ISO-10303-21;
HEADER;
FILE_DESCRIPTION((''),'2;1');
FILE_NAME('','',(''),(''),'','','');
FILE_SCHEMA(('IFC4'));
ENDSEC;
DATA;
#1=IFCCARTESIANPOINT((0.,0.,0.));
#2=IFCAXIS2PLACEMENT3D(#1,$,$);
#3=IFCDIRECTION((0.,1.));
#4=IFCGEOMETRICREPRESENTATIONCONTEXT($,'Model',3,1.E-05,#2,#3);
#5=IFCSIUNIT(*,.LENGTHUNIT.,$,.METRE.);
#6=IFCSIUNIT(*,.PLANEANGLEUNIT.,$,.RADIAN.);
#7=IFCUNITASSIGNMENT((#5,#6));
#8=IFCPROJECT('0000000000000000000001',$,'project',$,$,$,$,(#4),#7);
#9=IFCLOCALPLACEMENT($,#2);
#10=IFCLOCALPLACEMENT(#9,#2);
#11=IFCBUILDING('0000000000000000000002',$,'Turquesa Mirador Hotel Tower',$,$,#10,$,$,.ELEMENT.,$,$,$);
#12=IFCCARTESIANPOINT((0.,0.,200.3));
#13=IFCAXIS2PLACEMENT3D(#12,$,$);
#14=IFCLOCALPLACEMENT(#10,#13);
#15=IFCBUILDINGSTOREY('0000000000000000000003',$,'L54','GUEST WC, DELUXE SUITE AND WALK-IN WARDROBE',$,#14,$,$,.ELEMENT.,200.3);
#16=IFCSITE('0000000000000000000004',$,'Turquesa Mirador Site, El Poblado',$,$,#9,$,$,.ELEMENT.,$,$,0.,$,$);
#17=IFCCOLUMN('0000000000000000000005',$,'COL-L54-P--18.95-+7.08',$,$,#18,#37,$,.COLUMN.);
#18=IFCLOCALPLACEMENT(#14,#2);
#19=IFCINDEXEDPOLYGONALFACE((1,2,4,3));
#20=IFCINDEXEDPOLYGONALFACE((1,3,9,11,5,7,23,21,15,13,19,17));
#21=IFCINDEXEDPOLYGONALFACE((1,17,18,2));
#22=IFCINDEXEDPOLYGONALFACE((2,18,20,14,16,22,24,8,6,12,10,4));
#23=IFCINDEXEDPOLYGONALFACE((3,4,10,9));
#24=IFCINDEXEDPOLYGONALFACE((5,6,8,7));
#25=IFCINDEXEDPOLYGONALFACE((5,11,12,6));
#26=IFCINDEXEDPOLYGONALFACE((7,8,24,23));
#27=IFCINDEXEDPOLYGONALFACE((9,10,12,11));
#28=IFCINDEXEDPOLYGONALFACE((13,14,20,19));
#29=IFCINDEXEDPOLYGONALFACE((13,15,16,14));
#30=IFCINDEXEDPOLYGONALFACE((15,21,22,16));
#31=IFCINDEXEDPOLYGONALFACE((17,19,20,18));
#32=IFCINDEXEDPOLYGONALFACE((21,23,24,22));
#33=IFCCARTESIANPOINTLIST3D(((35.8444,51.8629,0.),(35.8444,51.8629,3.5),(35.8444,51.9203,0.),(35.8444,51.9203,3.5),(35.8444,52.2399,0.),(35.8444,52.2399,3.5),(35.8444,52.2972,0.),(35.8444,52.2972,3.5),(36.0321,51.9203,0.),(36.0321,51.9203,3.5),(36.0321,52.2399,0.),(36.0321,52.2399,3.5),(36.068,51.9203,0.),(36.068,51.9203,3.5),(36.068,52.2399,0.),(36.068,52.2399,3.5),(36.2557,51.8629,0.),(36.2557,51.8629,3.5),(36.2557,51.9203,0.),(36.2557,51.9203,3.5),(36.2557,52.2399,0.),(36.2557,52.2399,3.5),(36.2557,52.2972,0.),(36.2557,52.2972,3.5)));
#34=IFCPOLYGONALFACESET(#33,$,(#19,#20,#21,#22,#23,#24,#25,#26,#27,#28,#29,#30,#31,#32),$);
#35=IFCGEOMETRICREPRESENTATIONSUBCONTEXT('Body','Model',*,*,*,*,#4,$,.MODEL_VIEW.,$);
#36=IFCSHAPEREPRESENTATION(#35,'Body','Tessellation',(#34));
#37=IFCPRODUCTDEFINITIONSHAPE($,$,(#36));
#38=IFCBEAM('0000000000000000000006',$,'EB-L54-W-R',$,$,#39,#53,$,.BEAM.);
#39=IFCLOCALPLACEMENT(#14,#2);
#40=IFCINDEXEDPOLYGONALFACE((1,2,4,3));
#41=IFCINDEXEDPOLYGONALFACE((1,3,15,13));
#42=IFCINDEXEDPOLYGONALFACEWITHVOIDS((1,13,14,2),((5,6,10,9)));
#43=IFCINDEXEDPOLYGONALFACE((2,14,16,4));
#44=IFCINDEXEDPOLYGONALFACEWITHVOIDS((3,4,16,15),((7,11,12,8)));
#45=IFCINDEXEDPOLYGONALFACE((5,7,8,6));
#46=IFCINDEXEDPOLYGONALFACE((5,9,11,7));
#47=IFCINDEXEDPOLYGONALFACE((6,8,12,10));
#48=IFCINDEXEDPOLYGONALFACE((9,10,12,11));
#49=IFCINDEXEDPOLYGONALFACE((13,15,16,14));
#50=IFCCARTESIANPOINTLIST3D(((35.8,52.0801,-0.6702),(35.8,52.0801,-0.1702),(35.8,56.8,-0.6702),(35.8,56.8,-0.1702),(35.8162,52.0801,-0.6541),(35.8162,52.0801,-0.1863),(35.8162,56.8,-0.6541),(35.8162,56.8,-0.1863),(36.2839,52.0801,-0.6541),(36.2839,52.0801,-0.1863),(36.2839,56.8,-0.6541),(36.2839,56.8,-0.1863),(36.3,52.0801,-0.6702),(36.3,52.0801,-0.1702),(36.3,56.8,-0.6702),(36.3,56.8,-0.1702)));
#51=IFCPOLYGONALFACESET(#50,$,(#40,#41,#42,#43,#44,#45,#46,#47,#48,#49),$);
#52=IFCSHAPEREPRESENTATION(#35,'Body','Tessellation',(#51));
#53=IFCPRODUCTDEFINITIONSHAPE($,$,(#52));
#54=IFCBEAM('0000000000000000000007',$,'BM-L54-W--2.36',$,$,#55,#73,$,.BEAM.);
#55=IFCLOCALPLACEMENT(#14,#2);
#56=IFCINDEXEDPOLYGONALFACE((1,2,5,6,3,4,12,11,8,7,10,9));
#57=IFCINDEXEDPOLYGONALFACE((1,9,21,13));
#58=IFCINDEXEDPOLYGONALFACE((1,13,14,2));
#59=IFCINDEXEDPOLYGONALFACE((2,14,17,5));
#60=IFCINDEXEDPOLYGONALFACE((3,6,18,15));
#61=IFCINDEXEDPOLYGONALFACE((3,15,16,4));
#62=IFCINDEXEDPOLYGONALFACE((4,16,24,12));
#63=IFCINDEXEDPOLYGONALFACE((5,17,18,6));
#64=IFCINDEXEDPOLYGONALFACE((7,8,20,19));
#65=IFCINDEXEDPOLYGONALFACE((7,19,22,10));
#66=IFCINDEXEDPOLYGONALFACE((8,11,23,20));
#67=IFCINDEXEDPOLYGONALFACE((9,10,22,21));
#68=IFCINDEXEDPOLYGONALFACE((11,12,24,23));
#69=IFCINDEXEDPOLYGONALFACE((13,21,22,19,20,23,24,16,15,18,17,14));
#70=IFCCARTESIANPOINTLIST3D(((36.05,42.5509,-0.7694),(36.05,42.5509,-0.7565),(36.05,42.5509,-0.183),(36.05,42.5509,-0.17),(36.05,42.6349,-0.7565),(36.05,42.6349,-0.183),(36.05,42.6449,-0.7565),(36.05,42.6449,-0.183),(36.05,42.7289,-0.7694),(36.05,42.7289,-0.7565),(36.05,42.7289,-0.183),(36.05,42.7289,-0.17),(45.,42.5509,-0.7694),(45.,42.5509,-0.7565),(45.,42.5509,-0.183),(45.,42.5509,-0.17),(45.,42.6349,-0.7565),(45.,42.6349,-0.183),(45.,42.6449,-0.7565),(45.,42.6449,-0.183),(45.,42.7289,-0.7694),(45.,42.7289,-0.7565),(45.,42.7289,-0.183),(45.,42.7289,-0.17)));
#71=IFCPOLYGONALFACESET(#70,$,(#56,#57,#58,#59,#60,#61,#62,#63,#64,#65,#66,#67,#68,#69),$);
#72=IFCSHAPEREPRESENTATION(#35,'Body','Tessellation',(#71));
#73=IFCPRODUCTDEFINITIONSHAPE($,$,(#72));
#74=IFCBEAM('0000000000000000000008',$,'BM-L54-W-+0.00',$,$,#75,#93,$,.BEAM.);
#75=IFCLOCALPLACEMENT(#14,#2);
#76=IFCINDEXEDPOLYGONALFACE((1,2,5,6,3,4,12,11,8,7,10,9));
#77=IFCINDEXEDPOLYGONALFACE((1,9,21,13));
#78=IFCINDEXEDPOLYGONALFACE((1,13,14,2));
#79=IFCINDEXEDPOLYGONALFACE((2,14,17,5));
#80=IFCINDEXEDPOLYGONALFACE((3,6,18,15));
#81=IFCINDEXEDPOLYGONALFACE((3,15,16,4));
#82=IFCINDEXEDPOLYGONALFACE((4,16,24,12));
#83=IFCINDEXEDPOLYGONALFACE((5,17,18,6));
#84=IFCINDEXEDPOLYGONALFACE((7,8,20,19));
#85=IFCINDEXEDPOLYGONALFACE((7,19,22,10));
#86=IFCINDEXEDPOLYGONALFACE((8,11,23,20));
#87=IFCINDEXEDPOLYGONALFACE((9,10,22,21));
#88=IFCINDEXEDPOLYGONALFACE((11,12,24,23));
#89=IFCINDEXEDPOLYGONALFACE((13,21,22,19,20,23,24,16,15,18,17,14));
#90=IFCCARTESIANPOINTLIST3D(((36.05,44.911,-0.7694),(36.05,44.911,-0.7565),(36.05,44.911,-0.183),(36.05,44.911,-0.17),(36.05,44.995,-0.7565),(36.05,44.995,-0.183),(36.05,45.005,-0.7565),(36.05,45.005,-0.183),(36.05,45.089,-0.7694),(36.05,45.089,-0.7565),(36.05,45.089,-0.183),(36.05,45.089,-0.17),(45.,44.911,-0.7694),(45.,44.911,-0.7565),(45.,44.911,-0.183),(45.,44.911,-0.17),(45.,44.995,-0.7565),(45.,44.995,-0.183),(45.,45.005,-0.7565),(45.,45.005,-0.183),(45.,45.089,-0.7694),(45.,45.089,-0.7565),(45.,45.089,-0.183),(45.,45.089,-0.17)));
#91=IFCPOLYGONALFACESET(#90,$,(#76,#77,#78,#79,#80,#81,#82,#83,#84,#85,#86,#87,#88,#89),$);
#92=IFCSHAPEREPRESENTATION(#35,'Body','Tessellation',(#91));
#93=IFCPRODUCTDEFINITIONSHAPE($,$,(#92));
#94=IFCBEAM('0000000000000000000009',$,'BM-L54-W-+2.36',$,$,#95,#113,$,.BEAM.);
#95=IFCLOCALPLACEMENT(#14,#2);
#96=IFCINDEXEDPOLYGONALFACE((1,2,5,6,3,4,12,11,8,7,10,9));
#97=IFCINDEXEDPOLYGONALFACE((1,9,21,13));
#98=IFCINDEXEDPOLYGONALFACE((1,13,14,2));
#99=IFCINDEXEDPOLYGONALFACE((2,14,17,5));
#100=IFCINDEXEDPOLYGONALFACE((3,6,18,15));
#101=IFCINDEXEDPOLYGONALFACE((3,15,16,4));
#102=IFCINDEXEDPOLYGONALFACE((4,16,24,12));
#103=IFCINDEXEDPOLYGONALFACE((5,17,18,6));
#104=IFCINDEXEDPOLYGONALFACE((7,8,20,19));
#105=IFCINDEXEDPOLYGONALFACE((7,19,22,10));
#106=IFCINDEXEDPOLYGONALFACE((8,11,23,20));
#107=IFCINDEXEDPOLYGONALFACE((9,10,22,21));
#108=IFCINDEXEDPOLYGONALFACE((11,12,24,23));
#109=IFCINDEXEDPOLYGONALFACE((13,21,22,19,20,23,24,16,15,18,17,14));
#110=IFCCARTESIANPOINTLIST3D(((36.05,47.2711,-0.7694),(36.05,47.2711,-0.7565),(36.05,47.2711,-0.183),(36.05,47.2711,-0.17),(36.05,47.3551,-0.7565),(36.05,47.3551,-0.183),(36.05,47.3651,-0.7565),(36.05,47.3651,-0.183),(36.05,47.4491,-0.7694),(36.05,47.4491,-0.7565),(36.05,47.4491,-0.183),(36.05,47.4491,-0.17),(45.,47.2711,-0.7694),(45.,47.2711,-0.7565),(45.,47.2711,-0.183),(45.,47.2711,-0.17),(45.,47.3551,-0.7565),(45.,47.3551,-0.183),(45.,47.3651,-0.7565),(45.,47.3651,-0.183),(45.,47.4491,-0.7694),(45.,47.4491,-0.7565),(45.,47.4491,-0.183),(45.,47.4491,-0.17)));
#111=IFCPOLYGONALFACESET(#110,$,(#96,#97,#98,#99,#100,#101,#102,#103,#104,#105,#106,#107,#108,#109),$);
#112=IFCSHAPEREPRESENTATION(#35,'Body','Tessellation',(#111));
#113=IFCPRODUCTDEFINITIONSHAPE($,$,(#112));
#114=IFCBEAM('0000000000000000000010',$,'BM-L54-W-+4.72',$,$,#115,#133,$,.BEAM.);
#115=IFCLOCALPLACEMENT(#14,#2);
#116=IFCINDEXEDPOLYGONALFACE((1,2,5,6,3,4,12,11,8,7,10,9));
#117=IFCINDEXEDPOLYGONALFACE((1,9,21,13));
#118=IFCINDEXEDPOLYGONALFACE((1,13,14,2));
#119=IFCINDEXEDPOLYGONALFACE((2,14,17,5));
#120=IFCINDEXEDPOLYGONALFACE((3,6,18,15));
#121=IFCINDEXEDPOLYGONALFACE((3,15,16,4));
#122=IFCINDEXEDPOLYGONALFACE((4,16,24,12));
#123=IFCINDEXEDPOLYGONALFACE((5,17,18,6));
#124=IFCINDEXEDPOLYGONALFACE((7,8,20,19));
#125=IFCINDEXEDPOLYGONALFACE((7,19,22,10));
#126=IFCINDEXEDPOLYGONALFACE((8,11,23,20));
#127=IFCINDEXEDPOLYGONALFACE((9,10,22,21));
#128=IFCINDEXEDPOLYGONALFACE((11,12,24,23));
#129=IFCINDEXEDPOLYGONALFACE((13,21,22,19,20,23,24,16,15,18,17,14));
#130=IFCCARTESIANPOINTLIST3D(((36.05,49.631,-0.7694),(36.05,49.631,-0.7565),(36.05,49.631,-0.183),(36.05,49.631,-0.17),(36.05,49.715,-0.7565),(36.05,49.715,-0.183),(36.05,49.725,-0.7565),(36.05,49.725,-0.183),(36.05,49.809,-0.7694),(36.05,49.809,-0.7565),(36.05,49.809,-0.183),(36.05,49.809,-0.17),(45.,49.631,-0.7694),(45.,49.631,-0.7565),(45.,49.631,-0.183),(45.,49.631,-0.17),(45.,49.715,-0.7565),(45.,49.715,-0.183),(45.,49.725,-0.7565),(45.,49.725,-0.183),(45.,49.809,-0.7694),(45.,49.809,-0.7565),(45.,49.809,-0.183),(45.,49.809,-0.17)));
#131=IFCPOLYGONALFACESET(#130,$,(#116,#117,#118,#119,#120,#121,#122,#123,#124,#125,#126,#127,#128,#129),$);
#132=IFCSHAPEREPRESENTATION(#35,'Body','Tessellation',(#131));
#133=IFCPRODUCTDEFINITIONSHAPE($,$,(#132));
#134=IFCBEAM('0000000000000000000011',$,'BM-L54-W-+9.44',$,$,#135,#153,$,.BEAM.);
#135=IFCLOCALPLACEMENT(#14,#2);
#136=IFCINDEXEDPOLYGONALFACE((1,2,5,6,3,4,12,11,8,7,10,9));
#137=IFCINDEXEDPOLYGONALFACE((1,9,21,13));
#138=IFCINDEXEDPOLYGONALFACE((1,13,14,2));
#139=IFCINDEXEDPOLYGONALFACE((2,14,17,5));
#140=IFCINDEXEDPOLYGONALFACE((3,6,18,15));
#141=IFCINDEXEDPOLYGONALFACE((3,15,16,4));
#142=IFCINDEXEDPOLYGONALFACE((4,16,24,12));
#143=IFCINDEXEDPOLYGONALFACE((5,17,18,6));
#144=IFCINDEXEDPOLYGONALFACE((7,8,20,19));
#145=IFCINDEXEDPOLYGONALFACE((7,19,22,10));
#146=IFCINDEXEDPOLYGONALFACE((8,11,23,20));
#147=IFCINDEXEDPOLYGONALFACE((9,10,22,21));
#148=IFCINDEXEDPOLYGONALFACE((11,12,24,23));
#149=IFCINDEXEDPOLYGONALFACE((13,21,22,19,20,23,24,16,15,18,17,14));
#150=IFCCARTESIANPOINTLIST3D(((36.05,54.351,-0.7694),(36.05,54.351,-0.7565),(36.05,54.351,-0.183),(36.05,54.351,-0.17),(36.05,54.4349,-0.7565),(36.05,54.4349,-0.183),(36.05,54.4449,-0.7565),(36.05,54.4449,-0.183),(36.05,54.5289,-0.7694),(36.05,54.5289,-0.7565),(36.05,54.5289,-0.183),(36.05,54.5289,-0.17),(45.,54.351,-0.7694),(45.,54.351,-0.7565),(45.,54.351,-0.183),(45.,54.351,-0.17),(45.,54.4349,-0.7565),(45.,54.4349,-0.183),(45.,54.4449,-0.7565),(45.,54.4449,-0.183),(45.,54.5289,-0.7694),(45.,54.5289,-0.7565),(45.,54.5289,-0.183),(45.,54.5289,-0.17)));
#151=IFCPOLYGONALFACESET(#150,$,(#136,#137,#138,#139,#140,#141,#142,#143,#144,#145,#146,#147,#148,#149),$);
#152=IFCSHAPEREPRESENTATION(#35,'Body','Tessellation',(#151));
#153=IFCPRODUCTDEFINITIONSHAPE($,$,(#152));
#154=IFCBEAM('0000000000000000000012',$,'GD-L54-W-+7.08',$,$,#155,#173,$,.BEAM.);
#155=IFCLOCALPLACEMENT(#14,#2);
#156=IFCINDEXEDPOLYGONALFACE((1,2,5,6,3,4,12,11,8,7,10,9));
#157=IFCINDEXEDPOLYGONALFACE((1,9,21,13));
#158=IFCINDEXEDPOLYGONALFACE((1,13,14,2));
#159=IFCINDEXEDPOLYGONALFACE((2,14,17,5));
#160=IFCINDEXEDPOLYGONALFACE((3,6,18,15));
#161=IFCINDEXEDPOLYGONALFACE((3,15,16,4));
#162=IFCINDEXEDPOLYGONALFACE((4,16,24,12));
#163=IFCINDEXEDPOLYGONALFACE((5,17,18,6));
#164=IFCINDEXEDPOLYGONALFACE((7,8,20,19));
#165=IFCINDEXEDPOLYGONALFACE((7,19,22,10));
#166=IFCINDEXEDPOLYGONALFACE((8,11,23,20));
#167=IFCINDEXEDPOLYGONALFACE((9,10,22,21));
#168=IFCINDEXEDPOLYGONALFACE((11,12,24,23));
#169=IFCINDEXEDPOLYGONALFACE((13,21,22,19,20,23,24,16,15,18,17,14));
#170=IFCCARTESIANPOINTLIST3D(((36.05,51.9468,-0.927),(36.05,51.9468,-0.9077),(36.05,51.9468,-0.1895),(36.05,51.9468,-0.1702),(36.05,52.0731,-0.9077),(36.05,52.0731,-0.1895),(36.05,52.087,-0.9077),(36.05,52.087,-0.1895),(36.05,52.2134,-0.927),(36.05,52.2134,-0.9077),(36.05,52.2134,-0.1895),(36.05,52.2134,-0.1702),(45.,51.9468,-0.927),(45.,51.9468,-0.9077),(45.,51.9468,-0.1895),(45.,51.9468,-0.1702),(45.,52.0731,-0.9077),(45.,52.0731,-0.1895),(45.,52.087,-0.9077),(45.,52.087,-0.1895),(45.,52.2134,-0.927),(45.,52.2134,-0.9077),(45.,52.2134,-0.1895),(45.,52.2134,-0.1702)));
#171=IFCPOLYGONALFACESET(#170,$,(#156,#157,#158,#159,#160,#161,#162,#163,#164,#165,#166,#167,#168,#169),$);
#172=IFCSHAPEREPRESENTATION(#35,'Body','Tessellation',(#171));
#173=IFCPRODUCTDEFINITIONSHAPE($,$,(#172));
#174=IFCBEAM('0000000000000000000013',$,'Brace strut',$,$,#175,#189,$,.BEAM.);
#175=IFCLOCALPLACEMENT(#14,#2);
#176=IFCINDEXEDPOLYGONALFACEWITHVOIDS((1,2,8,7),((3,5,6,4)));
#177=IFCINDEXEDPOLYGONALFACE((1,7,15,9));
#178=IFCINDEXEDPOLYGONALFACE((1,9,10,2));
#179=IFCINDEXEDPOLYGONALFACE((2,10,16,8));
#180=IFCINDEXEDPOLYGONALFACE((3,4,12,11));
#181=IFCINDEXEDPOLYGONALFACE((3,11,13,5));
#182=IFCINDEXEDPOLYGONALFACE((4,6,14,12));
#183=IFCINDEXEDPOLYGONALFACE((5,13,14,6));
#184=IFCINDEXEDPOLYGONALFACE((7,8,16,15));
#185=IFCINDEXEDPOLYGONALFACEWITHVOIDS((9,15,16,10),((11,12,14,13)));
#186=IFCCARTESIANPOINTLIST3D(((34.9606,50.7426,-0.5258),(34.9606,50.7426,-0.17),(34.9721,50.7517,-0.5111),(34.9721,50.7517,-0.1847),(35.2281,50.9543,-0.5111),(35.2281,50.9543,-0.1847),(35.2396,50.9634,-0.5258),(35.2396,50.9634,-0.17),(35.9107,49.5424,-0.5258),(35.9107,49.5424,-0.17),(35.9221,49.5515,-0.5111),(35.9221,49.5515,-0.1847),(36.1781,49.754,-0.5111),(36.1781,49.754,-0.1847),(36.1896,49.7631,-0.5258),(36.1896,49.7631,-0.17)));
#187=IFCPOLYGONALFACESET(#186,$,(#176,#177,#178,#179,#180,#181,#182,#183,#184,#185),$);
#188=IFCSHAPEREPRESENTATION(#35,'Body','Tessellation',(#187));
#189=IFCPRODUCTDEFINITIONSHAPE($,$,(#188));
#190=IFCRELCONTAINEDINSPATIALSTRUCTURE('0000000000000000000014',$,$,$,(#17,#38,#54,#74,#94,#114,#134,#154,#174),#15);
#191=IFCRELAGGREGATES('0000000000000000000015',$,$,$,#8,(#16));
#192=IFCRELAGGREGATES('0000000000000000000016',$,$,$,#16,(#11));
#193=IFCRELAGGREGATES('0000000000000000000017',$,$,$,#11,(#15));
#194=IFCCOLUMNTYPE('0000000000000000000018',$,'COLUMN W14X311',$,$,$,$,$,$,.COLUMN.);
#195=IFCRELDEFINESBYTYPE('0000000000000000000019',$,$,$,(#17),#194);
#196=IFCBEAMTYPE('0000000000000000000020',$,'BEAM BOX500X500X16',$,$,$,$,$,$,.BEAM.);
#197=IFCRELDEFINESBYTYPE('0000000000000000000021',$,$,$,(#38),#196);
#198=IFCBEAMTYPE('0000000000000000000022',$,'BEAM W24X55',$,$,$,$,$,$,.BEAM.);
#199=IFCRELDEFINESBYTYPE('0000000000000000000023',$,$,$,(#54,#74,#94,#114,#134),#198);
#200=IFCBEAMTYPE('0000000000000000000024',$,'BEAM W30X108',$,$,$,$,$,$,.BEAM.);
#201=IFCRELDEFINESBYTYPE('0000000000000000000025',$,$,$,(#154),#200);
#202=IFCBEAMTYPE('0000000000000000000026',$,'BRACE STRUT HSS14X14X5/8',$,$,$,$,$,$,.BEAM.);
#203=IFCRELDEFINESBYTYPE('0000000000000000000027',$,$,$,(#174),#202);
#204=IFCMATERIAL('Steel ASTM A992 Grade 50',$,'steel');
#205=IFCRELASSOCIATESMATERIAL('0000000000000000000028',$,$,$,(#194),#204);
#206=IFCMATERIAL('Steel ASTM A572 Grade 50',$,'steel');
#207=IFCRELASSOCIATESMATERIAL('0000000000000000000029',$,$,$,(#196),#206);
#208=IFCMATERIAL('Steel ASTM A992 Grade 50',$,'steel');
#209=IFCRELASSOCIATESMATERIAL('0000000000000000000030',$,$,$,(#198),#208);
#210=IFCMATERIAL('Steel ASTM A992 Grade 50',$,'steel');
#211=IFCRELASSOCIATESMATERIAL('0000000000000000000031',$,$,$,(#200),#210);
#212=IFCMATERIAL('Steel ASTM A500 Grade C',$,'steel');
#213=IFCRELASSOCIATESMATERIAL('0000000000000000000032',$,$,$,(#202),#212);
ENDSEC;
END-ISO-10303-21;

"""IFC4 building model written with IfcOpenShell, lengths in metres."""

from ifc_helpers import new_model, si_unit, direction, frame, origin, origin_2d, place, context, subcontext, project, spatial, hollow_rectangle, i_section, extrude, material, material_profile, profile_set, type_object, element, save


model = new_model("IFC4")

# Units and contexts
model_context = context("Model", 3, precision=1e-05, world=origin(), true_north=direction((0.0, 1.0)))
body_context = subcontext(model_context, "Body", "Model", "MODEL_VIEW")
ifc_project = project(units=[si_unit("LENGTHUNIT", "METRE"), si_unit("PLANEANGLEUNIT", "RADIAN")], contexts=[model_context])

# Site, building, storey
site_placement = place(None, origin())
site = spatial("IfcSite", under=ifc_project, at=site_placement, Name="Turquesa Mirador Site, El Poblado", CompositionType="ELEMENT", RefElevation=0.0)
building_placement = place(site_placement, origin())
building = spatial("IfcBuilding", under=site, at=building_placement, Name="Turquesa Mirador Hotel Tower", CompositionType="ELEMENT")
storey_placement = place(building_placement, frame((0.0, 0.0, 200.3)))
storey = spatial("IfcBuildingStorey", under=building, at=storey_placement, Name="L54", Description="GUEST WC, DELUXE SUITE AND WALK-IN WARDROBE", CompositionType="ELEMENT", Elevation=200.3)

# Column
ifc_material_1 = material(Name="Steel ASTM A992 Grade 50", Category="steel")
ifc_material_profile_1 = material_profile(ifc_material_1, i_section(OverallWidth=0.4114, OverallDepth=0.4343, WebThickness=0.0359, FlangeThickness=0.0574, at=origin_2d()), Name="W14X311")
ifc_profile_set_1 = profile_set([ifc_material_profile_1], Name="Steel ASTM A992 Grade 50")
column_type = type_object("IfcColumnType", Name="COLUMN W14X311", PredefinedType="COLUMN", material=ifc_profile_set_1)
column_placement = place(storey_placement, frame((36.05, 52.0801, 0.0), z_axis=(0.0, 0.0, 1.0), x_axis=(1.0, 0.0, 0.0)))
element("IfcColumn", 1, at=column_placement, inside=storey, type_object=column_type, Name="COL-L54-P--18.95-+7.08", PredefinedType="COLUMN", context=body_context, shape_type="SweptSolid", body=[
    extrude(i_section(OverallWidth=0.4114, OverallDepth=0.4343, WebThickness=0.0359, FlangeThickness=0.0574, at=origin_2d()), origin(), (0.0, 0.0, 1.0), 3.5),
])

# Beams
ifc_material_2 = material(Name="Steel ASTM A572 Grade 50", Category="steel")
ifc_material_profile_2 = material_profile(ifc_material_2, hollow_rectangle(XDim=0.5, YDim=0.5, WallThickness=0.0161, at=origin_2d()), Name="BOX500X500X16")
ifc_profile_set_2 = profile_set([ifc_material_profile_2], Name="Steel ASTM A572 Grade 50")
beam_type_1 = type_object("IfcBeamType", Name="BEAM BOX500X500X16", PredefinedType="BEAM", material=ifc_profile_set_2)
beam_1_placement = place(storey_placement, frame((36.05, 52.0801, -0.4202), z_axis=(0.0, 1.0, 0.0), x_axis=(-1.0, 0.0, 0.0)))
element("IfcBeam", 2, at=beam_1_placement, inside=storey, type_object=beam_type_1, Name="EB-L54-W-R", PredefinedType="BEAM", context=body_context, shape_type="SweptSolid", body=[
    extrude(hollow_rectangle(XDim=0.5, YDim=0.5, WallThickness=0.0161, at=origin_2d()), origin(), (0.0, 0.0, 1.0), 4.72),
])
ifc_material_3 = material(Name="Steel ASTM A992 Grade 50", Category="steel")
ifc_material_profile_3 = material_profile(ifc_material_3, i_section(OverallWidth=0.178, OverallDepth=0.5994, WebThickness=0.01, FlangeThickness=0.0129, at=origin_2d()), Name="W24X55")
ifc_profile_set_3 = profile_set([ifc_material_profile_3], Name="Steel ASTM A992 Grade 50")
beam_type_2 = type_object("IfcBeamType", Name="BEAM W24X55", PredefinedType="BEAM", material=ifc_profile_set_3)
for number, where, z_axis, x_axis, name in (
    (3, (36.05, 42.6399, -0.4697), (1.0, 0.0, 0.0), (0.0, 1.0, 0.0), "BM-L54-W--2.36"),
    (4, (36.05, 45.0, -0.4697), (1.0, 0.0, 0.0), (0.0, 1.0, 0.0), "BM-L54-W-+0.00"),
    (5, (36.05, 47.3601, -0.4697), (1.0, 0.0, 0.0), (0.0, 1.0, 0.0), "BM-L54-W-+2.36"),
    (6, (36.05, 49.72, -0.4697), (1.0, 0.0, 0.0), (0.0, 1.0, 0.0), "BM-L54-W-+4.72"),
    (7, (36.05, 54.4399, -0.4697), (1.0, 0.0, 0.0), (0.0, 1.0, 0.0), "BM-L54-W-+9.44"),
):
    element("IfcBeam", number, at=place(storey_placement, frame(where, z_axis=z_axis, x_axis=x_axis)), inside=storey, type_object=beam_type_2, Name=name, PredefinedType="BEAM", context=body_context, shape_type="SweptSolid", body=[
        extrude(i_section(OverallWidth=0.178, OverallDepth=0.5994, WebThickness=0.01, FlangeThickness=0.0129, at=origin_2d()), origin(), (0.0, 0.0, 1.0), 8.95),
    ])
ifc_material_4 = material(Name="Steel ASTM A992 Grade 50", Category="steel")
ifc_material_profile_4 = material_profile(ifc_material_4, i_section(OverallWidth=0.2666, OverallDepth=0.7568, WebThickness=0.0139, FlangeThickness=0.0193, at=origin_2d()), Name="W30X108")
ifc_profile_set_4 = profile_set([ifc_material_profile_4], Name="Steel ASTM A992 Grade 50")
beam_type_3 = type_object("IfcBeamType", Name="BEAM W30X108", PredefinedType="BEAM", material=ifc_profile_set_4)
beam_2_placement = place(storey_placement, frame((36.05, 52.0801, -0.5486), z_axis=(1.0, 0.0, 0.0), x_axis=(0.0, 1.0, 0.0)))
element("IfcBeam", 8, at=beam_2_placement, inside=storey, type_object=beam_type_3, Name="GD-L54-W-+7.08", PredefinedType="BEAM", context=body_context, shape_type="SweptSolid", body=[
    extrude(i_section(OverallWidth=0.2666, OverallDepth=0.7568, WebThickness=0.0139, FlangeThickness=0.0193, at=origin_2d()), origin(), (0.0, 0.0, 1.0), 8.95),
])
ifc_material_5 = material(Name="Steel ASTM A500 Grade C", Category="steel")
ifc_material_profile_5 = material_profile(ifc_material_5, hollow_rectangle(XDim=0.3557, YDim=0.3557, WallThickness=0.0146, at=origin_2d()), Name="HSS14X14X5/8")
ifc_profile_set_5 = profile_set([ifc_material_profile_5], Name="Steel ASTM A500 Grade C")
beam_type_4 = type_object("IfcBeamType", Name="BRACE STRUT HSS14X14X5/8", PredefinedType="BEAM", material=ifc_profile_set_5)
beam_3_placement = place(storey_placement, frame((35.1001, 50.853, -0.3479), z_axis=(0.620621, -0.784111, 0.0), x_axis=(0.784111, 0.620621, 0.0)))
element("IfcBeam", 9, at=beam_3_placement, inside=storey, type_object=beam_type_4, Name="Brace strut", PredefinedType="BEAM", context=body_context, shape_type="SweptSolid", body=[
    extrude(hollow_rectangle(XDim=0.3557, YDim=0.3557, WallThickness=0.0146, at=origin_2d()), origin(), (0.0, 0.0, 1.0), 1.5308),
])

save(model, "model.ifc")
